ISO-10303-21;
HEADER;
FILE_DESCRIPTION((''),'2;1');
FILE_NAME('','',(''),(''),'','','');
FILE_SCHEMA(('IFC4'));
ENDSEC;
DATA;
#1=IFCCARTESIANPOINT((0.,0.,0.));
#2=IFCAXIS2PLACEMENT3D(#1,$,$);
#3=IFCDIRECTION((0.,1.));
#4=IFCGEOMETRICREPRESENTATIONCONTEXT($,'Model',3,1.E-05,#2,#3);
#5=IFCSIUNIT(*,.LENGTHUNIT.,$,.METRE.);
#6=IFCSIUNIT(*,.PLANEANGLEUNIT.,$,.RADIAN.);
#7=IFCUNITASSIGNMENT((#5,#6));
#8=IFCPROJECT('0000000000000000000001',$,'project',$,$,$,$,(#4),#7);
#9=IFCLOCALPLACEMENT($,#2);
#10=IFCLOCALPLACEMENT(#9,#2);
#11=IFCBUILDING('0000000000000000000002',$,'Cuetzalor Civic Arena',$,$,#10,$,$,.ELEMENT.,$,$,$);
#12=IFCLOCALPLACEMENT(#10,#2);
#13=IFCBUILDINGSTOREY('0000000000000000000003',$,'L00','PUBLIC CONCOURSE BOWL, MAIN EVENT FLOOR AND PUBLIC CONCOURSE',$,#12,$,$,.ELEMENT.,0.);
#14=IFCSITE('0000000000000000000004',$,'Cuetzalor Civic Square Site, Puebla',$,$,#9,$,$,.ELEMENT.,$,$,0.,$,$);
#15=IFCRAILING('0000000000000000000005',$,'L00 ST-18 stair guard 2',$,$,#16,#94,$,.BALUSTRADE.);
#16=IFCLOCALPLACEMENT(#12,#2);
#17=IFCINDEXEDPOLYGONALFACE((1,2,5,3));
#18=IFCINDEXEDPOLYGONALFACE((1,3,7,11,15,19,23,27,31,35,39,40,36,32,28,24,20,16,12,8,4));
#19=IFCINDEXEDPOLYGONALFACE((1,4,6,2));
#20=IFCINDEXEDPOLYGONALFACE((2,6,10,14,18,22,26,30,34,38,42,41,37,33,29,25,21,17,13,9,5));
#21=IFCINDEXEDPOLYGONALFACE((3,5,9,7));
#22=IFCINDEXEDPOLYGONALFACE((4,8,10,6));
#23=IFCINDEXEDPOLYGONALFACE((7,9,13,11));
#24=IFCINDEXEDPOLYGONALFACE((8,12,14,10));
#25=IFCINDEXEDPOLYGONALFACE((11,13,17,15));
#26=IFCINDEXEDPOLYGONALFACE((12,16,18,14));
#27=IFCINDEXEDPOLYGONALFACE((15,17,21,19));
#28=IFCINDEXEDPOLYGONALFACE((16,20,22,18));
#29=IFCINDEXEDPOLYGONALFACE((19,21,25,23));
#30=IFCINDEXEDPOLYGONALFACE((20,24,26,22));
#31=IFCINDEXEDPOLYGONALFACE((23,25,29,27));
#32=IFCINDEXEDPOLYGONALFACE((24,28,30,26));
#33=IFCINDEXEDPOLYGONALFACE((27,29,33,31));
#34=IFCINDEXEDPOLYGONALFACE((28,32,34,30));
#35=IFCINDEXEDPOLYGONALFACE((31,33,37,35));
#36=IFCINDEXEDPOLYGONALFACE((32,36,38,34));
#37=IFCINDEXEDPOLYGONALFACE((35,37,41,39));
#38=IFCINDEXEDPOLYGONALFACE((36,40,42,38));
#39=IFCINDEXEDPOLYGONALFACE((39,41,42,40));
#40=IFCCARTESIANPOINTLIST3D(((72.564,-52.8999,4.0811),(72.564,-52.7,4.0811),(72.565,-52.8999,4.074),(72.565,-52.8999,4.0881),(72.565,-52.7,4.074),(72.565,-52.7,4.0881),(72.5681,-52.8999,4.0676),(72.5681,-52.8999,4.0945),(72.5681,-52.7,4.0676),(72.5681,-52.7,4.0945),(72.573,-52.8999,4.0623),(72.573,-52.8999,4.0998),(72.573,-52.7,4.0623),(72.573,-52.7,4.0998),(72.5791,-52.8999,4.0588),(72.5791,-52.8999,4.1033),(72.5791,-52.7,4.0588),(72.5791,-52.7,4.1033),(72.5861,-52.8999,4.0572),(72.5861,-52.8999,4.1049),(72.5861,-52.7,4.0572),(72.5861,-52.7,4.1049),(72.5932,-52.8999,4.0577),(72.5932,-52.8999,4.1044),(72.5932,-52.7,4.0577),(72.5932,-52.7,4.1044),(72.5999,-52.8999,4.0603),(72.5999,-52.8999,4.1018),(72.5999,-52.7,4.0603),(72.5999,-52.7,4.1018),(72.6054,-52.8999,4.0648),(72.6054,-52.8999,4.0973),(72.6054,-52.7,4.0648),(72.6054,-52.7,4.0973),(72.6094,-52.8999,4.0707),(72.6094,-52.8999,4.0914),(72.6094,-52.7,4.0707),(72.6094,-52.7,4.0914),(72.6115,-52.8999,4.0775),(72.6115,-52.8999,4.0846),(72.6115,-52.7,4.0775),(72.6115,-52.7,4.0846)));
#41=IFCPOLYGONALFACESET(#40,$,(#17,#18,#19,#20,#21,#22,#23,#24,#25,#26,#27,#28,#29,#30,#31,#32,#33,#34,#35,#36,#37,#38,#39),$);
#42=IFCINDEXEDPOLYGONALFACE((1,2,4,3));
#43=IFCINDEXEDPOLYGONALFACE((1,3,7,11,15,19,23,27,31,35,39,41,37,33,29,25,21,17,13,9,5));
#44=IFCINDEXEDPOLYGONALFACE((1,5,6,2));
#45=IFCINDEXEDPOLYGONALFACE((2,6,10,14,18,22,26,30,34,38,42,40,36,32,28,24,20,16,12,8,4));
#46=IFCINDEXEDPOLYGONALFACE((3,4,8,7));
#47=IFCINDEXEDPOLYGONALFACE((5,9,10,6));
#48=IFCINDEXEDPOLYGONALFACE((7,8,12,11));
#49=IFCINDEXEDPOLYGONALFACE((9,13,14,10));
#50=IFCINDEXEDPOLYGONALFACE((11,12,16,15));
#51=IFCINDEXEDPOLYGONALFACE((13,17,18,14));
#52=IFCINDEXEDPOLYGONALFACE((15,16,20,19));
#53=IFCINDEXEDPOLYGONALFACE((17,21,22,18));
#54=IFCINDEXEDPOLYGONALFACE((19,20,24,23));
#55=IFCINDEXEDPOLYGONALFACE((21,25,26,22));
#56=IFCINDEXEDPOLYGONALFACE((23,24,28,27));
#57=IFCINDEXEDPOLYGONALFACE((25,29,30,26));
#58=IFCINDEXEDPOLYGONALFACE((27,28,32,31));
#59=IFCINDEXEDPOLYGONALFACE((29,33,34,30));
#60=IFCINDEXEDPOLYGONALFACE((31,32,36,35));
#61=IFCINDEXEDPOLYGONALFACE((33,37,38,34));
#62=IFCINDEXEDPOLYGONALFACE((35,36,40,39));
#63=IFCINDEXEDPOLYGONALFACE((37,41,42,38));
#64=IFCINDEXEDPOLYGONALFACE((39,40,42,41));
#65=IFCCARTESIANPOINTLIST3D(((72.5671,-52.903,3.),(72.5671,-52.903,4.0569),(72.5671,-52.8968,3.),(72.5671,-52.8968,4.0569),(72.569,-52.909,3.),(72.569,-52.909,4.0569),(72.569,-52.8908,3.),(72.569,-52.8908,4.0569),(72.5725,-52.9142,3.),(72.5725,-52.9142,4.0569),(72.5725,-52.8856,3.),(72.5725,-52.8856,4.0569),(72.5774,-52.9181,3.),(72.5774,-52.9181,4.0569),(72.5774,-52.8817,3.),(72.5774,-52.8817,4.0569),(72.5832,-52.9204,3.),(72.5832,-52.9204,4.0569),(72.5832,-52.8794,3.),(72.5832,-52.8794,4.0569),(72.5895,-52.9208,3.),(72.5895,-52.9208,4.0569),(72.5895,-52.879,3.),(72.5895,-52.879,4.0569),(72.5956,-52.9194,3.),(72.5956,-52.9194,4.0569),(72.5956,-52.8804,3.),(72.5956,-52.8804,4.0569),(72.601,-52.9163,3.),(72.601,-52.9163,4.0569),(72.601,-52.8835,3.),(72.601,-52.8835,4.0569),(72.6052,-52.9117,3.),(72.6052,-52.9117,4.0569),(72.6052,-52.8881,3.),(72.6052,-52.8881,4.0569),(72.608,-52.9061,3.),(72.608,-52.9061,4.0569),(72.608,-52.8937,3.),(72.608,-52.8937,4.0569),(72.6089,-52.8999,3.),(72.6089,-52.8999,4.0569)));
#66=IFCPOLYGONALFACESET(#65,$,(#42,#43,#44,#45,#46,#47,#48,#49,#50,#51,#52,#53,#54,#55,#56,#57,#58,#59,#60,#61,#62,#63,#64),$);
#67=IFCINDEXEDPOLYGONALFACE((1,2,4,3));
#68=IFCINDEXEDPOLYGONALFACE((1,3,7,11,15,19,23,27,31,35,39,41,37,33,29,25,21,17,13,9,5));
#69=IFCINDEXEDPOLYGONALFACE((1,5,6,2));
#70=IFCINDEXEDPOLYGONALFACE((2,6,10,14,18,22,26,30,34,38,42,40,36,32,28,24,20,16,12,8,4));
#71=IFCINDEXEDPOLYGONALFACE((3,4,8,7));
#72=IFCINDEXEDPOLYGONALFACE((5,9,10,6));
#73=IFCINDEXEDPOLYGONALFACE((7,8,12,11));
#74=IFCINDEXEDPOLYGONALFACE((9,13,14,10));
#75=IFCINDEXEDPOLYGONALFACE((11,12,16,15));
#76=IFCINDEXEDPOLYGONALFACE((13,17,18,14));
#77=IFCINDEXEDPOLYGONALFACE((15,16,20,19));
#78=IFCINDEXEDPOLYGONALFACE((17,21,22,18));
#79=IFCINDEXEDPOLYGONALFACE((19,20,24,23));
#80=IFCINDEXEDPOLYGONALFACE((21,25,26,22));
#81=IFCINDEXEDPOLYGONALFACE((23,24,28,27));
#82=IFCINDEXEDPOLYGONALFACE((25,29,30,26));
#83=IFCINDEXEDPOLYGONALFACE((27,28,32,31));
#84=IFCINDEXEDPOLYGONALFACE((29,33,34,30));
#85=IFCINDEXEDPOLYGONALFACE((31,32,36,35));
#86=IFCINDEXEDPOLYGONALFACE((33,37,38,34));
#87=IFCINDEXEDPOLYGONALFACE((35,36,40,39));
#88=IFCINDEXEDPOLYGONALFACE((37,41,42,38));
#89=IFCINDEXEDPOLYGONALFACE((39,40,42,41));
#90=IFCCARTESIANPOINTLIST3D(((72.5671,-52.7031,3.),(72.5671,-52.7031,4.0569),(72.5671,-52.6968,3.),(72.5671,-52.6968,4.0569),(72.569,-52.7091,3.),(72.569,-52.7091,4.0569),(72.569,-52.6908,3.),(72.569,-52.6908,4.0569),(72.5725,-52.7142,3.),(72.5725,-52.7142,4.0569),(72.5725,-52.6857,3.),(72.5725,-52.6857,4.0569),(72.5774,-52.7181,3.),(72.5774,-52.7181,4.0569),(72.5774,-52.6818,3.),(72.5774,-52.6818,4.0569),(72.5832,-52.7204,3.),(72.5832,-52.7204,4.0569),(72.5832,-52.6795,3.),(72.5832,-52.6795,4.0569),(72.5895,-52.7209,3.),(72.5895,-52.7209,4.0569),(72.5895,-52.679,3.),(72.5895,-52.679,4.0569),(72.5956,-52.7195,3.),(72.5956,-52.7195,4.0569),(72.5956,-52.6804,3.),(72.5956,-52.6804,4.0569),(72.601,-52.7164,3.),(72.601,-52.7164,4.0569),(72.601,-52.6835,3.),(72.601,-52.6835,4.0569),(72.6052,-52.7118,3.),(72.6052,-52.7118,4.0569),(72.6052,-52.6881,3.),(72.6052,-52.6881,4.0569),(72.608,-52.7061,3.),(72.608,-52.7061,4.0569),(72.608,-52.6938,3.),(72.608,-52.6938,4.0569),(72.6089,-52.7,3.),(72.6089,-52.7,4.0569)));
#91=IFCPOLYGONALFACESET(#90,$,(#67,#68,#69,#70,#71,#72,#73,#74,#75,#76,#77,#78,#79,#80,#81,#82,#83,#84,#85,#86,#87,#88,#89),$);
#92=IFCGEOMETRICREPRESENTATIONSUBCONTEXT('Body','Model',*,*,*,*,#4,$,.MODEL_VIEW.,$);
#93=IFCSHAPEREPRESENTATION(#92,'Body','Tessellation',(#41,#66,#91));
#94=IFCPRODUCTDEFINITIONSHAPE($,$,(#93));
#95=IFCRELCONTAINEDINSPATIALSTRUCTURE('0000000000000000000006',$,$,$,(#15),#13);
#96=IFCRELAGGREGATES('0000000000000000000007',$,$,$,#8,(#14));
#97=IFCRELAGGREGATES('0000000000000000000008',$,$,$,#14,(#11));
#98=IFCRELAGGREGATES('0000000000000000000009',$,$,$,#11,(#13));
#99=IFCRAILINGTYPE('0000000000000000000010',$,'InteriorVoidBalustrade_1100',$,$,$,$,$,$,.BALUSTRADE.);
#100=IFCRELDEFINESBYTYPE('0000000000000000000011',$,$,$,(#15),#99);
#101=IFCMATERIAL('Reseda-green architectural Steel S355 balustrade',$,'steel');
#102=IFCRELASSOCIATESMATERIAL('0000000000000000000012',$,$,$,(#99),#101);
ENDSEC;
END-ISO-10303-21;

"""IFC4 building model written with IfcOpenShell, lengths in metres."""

from ifc_helpers import new_model, si_unit, direction, frame, origin, origin_2d, place, context, subcontext, project, spatial, circle, extrude, material, type_object, element, save


model = new_model("IFC4")

# Units and contexts
model_context = context("Model", 3, precision=1e-05, world=origin(), true_north=direction((0.0, 1.0)))
body_context = subcontext(model_context, "Body", "Model", "MODEL_VIEW")
ifc_project = project(units=[si_unit("LENGTHUNIT", "METRE"), si_unit("PLANEANGLEUNIT", "RADIAN")], contexts=[model_context])

# Site, building, storey
site_placement = place(None, origin())
site = spatial("IfcSite", under=ifc_project, at=site_placement, Name="Cuetzalor Civic Square Site, Puebla", CompositionType="ELEMENT", RefElevation=0.0)
building_placement = place(site_placement, origin())
building = spatial("IfcBuilding", under=site, at=building_placement, Name="Cuetzalor Civic Arena", CompositionType="ELEMENT")
storey_placement = place(building_placement, origin())
storey = spatial("IfcBuildingStorey", under=building, at=storey_placement, Name="L00", Description="PUBLIC CONCOURSE BOWL, MAIN EVENT FLOOR AND PUBLIC CONCOURSE", CompositionType="ELEMENT", Elevation=0.0)

# Railing
ifc_material_1 = material(Name="Reseda-green architectural Steel S355 balustrade", Category="steel")
railing_type_1 = type_object("IfcRailingType", Name="InteriorVoidBalustrade_1100", PredefinedType="BALUSTRADE", material=ifc_material_1)
railing_1_placement = place(storey_placement, frame((72.5879, -52.8999, 3.0)))
element("IfcRailing", 1, at=railing_1_placement, inside=storey, type_object=railing_type_1, Name="L00 ST-18 stair guard 2", PredefinedType="BALUSTRADE", context=body_context, shape_type="SweptSolid", body=[
    extrude(circle(Radius=0.0239, at=origin_2d()), frame((0.0, 0.0, 1.0811), z_axis=(0.0, 1.0, 0.0), x_axis=(-1.0, 0.0, 0.0)), (0.0, 0.0, 1.0), 0.2),
    extrude(circle(Radius=0.021, at=origin_2d()), origin(), (0.0, 0.0, 1.0), 1.0569),
    extrude(circle(Radius=0.021, at=origin_2d()), frame((0.0, 0.2, 0.0)), (0.0, 0.0, 1.0), 1.0569),
])

save(model, "model.ifc")
